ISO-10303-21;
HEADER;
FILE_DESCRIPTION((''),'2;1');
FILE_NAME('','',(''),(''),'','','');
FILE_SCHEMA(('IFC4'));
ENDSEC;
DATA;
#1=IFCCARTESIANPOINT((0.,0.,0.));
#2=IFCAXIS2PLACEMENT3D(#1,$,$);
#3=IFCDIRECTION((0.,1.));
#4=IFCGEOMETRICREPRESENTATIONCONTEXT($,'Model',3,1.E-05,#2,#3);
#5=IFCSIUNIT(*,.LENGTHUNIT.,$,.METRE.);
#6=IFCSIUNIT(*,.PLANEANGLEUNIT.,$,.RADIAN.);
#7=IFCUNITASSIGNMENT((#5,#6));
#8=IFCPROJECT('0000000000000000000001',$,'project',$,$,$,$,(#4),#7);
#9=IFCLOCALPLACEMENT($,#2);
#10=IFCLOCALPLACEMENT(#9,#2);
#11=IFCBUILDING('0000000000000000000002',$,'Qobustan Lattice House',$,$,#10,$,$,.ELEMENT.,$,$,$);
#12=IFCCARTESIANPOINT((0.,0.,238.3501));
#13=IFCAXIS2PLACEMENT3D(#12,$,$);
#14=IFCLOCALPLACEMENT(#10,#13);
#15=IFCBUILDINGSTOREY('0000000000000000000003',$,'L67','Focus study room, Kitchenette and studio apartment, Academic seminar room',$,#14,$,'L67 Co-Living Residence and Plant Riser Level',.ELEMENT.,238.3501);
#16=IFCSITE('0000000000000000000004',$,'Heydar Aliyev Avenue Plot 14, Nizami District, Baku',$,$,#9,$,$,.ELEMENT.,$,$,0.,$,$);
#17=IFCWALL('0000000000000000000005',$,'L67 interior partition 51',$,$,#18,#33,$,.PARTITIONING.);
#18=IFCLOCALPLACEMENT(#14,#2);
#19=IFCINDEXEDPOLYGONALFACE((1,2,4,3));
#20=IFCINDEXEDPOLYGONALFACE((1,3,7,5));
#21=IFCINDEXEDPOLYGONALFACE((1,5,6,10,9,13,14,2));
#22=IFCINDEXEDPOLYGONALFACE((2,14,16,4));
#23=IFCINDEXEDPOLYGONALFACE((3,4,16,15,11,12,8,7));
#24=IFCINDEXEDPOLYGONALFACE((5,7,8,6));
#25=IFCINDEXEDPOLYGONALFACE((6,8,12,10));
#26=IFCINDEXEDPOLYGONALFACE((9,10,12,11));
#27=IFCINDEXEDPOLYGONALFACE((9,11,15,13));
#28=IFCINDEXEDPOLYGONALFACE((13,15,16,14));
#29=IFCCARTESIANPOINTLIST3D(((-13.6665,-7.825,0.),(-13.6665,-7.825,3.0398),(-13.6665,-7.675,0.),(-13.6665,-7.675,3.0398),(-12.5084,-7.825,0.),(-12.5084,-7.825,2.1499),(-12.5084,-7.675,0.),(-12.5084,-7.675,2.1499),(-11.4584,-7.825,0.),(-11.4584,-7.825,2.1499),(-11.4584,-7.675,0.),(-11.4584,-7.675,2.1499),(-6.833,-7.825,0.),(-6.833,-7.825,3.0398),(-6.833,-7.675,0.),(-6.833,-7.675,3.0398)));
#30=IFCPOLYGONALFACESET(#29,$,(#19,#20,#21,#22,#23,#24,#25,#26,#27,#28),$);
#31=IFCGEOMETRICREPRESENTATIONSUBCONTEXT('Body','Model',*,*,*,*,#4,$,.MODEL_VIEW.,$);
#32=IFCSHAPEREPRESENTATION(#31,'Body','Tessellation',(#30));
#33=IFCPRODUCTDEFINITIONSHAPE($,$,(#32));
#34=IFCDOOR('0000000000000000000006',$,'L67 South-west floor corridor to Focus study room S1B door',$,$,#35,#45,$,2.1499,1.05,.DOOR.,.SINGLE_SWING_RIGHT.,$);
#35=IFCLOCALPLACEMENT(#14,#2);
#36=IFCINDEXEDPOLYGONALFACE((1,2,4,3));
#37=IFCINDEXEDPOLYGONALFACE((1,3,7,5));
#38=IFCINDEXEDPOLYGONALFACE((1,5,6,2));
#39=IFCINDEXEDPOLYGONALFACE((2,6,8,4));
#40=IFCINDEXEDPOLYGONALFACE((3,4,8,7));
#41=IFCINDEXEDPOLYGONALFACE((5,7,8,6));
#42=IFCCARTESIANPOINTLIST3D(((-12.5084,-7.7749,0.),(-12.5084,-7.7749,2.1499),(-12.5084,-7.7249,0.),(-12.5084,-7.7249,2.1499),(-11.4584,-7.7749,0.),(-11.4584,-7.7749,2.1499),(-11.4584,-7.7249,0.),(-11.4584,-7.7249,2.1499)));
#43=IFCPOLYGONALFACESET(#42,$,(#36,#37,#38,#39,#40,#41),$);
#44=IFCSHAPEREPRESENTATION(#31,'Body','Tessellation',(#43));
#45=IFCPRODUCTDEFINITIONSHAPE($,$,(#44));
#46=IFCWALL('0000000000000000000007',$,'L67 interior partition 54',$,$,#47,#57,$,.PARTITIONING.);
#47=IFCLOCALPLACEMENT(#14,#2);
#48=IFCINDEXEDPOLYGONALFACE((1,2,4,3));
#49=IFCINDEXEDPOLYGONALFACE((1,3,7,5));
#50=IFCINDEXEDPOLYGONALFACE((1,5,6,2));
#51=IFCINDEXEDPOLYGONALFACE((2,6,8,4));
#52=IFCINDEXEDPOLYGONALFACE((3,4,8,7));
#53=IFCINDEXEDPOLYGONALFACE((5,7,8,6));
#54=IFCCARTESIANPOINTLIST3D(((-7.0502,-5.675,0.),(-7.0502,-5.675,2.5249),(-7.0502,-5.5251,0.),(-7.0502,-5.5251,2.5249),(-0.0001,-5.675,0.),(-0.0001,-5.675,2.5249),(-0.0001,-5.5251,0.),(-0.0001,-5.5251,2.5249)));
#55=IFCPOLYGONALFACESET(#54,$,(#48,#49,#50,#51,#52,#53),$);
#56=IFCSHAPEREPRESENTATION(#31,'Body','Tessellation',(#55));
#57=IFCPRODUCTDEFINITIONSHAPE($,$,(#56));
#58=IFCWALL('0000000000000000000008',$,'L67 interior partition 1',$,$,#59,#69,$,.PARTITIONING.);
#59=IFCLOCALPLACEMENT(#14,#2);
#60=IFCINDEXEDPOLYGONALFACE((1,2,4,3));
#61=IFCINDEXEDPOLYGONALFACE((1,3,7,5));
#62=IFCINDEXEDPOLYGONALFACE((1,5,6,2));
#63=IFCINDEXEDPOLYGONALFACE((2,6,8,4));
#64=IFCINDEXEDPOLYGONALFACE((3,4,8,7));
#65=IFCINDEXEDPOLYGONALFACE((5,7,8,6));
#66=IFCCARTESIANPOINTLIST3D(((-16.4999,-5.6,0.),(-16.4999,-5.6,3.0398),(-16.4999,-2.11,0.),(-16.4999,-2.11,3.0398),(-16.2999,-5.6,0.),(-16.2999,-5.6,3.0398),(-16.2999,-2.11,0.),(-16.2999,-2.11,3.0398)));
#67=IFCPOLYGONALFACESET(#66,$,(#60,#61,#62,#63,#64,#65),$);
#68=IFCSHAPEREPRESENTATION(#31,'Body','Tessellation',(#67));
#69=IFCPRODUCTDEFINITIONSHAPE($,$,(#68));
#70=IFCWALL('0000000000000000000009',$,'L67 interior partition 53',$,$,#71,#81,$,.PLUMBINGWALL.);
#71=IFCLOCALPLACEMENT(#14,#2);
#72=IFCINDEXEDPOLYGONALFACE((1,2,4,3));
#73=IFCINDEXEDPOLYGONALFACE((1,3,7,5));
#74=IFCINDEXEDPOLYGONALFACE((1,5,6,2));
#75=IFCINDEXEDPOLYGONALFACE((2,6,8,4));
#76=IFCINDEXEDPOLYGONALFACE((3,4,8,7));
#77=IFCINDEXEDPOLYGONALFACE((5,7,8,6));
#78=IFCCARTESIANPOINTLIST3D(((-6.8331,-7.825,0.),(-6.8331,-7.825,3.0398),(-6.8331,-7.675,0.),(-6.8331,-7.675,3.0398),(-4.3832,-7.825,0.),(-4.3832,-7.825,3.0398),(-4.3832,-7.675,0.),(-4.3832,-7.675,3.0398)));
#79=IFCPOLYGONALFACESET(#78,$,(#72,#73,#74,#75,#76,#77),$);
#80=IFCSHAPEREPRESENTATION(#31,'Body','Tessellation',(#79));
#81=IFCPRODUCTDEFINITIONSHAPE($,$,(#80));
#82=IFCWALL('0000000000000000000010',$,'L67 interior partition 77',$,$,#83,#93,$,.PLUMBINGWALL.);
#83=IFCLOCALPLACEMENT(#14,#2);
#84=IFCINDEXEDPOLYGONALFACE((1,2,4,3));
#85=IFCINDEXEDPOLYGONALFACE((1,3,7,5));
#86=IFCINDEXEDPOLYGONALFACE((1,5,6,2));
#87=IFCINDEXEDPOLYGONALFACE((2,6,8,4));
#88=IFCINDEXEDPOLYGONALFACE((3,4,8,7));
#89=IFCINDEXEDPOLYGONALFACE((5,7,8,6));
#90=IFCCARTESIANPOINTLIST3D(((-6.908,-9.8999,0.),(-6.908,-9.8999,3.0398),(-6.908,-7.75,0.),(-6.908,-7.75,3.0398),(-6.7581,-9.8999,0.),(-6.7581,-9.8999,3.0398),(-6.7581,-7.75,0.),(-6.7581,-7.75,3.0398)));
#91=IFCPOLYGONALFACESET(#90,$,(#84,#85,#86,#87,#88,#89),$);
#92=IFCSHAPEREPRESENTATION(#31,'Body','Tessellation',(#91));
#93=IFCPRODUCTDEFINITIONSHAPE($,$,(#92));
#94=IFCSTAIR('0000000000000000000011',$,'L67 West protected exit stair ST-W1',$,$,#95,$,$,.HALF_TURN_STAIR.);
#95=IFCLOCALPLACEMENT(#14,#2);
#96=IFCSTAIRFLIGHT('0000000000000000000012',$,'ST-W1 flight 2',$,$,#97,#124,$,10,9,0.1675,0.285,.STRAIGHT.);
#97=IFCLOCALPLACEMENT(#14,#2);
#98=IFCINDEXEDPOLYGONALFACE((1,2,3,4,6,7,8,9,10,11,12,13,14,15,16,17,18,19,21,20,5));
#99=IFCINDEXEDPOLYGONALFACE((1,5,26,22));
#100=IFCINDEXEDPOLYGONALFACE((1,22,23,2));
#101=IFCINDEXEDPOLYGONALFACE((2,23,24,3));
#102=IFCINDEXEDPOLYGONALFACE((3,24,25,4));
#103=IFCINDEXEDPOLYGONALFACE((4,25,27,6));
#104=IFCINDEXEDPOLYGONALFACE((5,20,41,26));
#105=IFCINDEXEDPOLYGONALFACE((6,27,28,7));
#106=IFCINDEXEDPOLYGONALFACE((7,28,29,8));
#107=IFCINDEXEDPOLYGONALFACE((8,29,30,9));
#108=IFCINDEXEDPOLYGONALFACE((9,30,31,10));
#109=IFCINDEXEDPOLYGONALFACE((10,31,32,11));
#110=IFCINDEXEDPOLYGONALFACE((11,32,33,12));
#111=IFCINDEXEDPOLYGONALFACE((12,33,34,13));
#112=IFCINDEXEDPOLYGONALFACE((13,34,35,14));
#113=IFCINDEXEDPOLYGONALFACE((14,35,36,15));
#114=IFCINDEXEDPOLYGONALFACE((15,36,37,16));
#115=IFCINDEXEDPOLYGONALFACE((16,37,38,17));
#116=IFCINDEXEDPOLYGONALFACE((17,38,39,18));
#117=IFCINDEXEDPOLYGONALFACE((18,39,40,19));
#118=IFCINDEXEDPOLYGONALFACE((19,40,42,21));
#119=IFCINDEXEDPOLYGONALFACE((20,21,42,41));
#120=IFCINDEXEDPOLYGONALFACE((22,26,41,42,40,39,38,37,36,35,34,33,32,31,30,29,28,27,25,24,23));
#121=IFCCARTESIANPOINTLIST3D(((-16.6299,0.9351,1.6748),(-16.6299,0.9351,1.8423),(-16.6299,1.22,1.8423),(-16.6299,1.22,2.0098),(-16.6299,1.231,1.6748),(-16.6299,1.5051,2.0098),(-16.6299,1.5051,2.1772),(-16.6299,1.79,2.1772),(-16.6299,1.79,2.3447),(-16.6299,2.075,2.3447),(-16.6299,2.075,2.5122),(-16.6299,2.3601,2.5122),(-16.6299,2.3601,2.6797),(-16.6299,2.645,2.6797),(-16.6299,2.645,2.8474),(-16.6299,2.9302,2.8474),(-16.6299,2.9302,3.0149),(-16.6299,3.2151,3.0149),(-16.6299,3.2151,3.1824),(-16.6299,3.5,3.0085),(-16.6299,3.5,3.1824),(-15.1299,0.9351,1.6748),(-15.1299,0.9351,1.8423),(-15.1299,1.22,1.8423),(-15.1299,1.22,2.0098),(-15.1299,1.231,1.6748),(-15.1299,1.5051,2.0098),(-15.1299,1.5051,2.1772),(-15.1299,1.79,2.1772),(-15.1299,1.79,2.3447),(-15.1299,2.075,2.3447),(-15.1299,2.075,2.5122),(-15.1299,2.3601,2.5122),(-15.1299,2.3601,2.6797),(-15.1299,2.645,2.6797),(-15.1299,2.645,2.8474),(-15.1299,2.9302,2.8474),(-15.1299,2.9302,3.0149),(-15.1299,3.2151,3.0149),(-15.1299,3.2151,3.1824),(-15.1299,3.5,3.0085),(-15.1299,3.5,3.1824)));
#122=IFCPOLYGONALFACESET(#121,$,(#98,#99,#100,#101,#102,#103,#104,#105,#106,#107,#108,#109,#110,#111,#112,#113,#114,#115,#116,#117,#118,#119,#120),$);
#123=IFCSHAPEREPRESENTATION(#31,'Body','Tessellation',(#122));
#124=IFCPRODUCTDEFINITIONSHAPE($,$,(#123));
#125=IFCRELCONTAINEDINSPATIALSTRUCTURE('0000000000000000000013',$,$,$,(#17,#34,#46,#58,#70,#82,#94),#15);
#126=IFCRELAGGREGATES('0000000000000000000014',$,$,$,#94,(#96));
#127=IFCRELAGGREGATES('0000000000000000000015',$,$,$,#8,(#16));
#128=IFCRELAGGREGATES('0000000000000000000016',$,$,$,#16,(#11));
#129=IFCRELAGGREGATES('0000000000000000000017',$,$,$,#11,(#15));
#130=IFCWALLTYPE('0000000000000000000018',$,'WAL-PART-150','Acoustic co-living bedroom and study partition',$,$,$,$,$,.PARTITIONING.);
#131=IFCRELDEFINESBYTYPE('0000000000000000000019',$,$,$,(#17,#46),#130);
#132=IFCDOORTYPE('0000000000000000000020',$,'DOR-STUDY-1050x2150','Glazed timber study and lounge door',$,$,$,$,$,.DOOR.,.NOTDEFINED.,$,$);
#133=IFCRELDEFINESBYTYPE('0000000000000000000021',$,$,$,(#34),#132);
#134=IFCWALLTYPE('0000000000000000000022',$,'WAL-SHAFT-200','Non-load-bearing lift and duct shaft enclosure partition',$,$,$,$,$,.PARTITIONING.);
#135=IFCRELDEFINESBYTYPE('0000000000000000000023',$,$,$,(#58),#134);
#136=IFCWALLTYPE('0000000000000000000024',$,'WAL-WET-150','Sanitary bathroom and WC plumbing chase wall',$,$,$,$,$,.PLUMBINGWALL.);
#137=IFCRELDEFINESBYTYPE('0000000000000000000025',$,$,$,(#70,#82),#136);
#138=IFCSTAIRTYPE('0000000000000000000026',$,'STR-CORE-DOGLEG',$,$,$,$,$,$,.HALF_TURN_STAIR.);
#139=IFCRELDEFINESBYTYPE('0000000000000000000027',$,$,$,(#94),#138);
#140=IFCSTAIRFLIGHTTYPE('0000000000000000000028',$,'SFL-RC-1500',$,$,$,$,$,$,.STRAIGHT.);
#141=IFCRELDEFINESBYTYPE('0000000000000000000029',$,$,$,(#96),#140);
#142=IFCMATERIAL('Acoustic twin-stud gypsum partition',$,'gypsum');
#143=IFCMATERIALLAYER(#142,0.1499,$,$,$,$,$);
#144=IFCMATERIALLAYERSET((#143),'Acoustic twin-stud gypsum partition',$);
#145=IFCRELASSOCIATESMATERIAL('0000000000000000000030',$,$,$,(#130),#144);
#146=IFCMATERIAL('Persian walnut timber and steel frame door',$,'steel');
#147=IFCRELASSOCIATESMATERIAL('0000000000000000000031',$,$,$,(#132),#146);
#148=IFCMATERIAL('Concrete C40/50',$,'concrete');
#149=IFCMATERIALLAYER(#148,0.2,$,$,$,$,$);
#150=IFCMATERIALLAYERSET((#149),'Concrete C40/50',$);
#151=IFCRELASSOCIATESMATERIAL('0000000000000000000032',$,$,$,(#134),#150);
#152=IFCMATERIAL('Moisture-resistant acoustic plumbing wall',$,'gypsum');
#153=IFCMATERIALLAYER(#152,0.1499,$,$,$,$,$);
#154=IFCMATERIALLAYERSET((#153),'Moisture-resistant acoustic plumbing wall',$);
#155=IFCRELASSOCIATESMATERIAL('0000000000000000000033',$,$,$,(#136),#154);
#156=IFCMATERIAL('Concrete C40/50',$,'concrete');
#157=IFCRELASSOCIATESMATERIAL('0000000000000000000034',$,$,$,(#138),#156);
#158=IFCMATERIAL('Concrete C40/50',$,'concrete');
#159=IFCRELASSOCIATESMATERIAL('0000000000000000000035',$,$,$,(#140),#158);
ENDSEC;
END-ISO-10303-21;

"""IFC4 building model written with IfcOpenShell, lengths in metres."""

from ifc_helpers import new_model, si_unit, direction, frame, frame_2d, origin, place, context, subcontext, project, spatial, polyline, rectangle, outline, extrude, material, layer, layer_set, type_object, element, fill, aggregate, save


model = new_model("IFC4")

# Units and contexts
model_context = context("Model", 3, precision=1e-05, world=origin(), true_north=direction((0.0, 1.0)))
body_context = subcontext(model_context, "Body", "Model", "MODEL_VIEW")
ifc_project = project(units=[si_unit("LENGTHUNIT", "METRE"), si_unit("PLANEANGLEUNIT", "RADIAN")], contexts=[model_context])

# Site, building, storey
site_placement = place(None, origin())
site = spatial("IfcSite", under=ifc_project, at=site_placement, Name="Heydar Aliyev Avenue Plot 14, Nizami District, Baku", CompositionType="ELEMENT", RefElevation=0.0)
building_placement = place(site_placement, origin())
building = spatial("IfcBuilding", under=site, at=building_placement, Name="Qobustan Lattice House", CompositionType="ELEMENT")
storey_placement = place(building_placement, frame((0.0, 0.0, 238.3501)))
storey = spatial("IfcBuildingStorey", under=building, at=storey_placement, Name="L67", Description="Focus study room, Kitchenette and studio apartment, Academic seminar room", LongName="L67 Co-Living Residence and Plant Riser Level", CompositionType="ELEMENT", Elevation=238.3501)

# Wall, opening, door
ifc_material_1 = material(Name="Acoustic twin-stud gypsum partition", Category="gypsum")
ifc_layer_1 = layer(ifc_material_1, 0.1499)
ifc_layer_set_1 = layer_set([ifc_layer_1], Name="Acoustic twin-stud gypsum partition")
wall_type_1 = type_object("IfcWallType", Name="WAL-PART-150", Description="Acoustic co-living bedroom and study partition", PredefinedType="PARTITIONING", material=ifc_layer_set_1)
wall_1_placement = place(storey_placement, frame((-6.833, -7.75, 0.0), z_axis=(0.0, 0.0, 1.0), x_axis=(-1.0, 0.0, 0.0)))
wall_1 = element("IfcWall", 1, at=wall_1_placement, inside=storey, type_object=wall_type_1, Name="L67 interior partition 51", PredefinedType="PARTITIONING", context=body_context, shape_type="SweptSolid", body=[
    extrude(rectangle(XDim=6.8335, YDim=0.1499, at=frame_2d((3.4167, 0.0))), origin(), (0.0, 0.0, 1.0), 3.0398),
])
opening_1_placement = place(wall_1_placement, frame((4.6255, 0.0, 0.0)))
opening_1 = element("IfcOpeningElement", 2, at=opening_1_placement, cuts=wall_1, PredefinedType="OPENING", context=body_context, shape_type="SweptSolid", body=[
    extrude(rectangle(XDim=1.05, YDim=2.1499, at=frame_2d((0.5249, 1.075))), frame((0.0, 0.085, 0.0), z_axis=(0.0, -1.0, 0.0), x_axis=(1.0, 0.0, 0.0)), (0.0, 0.0, 1.0), 0.1699),
])
ifc_material_2 = material(Name="Persian walnut timber and steel frame door", Category="steel")
door_type_1 = type_object("IfcDoorType", Name="DOR-STUDY-1050x2150", Description="Glazed timber study and lounge door", OperationType="NOTDEFINED", PredefinedType="DOOR", material=ifc_material_2)
door_1_placement = place(opening_1_placement, origin())
door_1 = element("IfcDoor", 3, at=door_1_placement, inside=storey, type_object=door_type_1, Name="L67 South-west floor corridor to Focus study room S1B door", OperationType="SINGLE_SWING_RIGHT", OverallHeight=2.1499, OverallWidth=1.05, PredefinedType="DOOR", context=body_context, shape_type="SweptSolid", body=[
    extrude(rectangle(XDim=1.05, YDim=2.1499, at=frame_2d((0.5249, 1.075))), frame((0.0, 0.0249, 0.0), z_axis=(0.0, -1.0, 0.0), x_axis=(1.0, 0.0, 0.0)), (0.0, 0.0, 1.0), 0.05),
])
fill(opening_1, door_1)

# Walls
wall_2_placement = place(storey_placement, frame((-7.05, -5.6001, 0.0), z_axis=(0.0, 0.0, 1.0), x_axis=(1.0, 0.0, 0.0)))
element("IfcWall", 4, at=wall_2_placement, inside=storey, type_object=wall_type_1, Name="L67 interior partition 54", PredefinedType="PARTITIONING", context=body_context, shape_type="SweptSolid", body=[
    extrude(rectangle(XDim=7.05, YDim=0.1499, at=frame_2d((3.5249, 0.0))), origin(), (0.0, 0.0, 1.0), 2.5249),
])
ifc_material_3 = material(Name="Concrete C40/50", Category="concrete")
ifc_layer_2 = layer(ifc_material_3, 0.2)
ifc_layer_set_2 = layer_set([ifc_layer_2], Name="Concrete C40/50")
wall_type_2 = type_object("IfcWallType", Name="WAL-SHAFT-200", Description="Non-load-bearing lift and duct shaft enclosure partition", PredefinedType="PARTITIONING", material=ifc_layer_set_2)
wall_3_placement = place(storey_placement, frame((-16.3999, -5.6001, 0.0), z_axis=(0.0, 0.0, 1.0), x_axis=(0.0, 1.0, 0.0)))
element("IfcWall", 5, at=wall_3_placement, inside=storey, type_object=wall_type_2, Name="L67 interior partition 1", PredefinedType="PARTITIONING", context=body_context, shape_type="SweptSolid", body=[
    extrude(rectangle(XDim=3.49, YDim=0.2, at=frame_2d((1.7451, 0.0))), origin(), (0.0, 0.0, 1.0), 3.0398),
])
ifc_material_4 = material(Name="Moisture-resistant acoustic plumbing wall", Category="gypsum")
ifc_layer_3 = layer(ifc_material_4, 0.1499)
ifc_layer_set_3 = layer_set([ifc_layer_3], Name="Moisture-resistant acoustic plumbing wall")
wall_type_3 = type_object("IfcWallType", Name="WAL-WET-150", Description="Sanitary bathroom and WC plumbing chase wall", PredefinedType="PLUMBINGWALL", material=ifc_layer_set_3)
wall_4_placement = place(storey_placement, frame((-4.3831, -7.75, 0.0), z_axis=(0.0, 0.0, 1.0), x_axis=(-1.0, 0.0, 0.0)))
element("IfcWall", 6, at=wall_4_placement, inside=storey, type_object=wall_type_3, Name="L67 interior partition 53", PredefinedType="PLUMBINGWALL", context=body_context, shape_type="SweptSolid", body=[
    extrude(rectangle(XDim=2.45, YDim=0.1499, at=frame_2d((1.2251, 0.0))), origin(), (0.0, 0.0, 1.0), 3.0398),
])
wall_5_placement = place(storey_placement, frame((-6.833, -7.75, 0.0), z_axis=(0.0, 0.0, 1.0), x_axis=(0.0, -1.0, 0.0)))
element("IfcWall", 7, at=wall_5_placement, inside=storey, type_object=wall_type_3, Name="L67 interior partition 77", PredefinedType="PLUMBINGWALL", context=body_context, shape_type="SweptSolid", body=[
    extrude(rectangle(XDim=2.1499, YDim=0.1499, at=frame_2d((1.075, 0.0))), origin(), (0.0, 0.0, 1.0), 3.0398),
])

# Stair, stair flight
ifc_material_5 = material(Name="Concrete C40/50", Category="concrete")
stair_type = type_object("IfcStairType", Name="STR-CORE-DOGLEG", PredefinedType="HALF_TURN_STAIR", material=ifc_material_5)
stair_placement = place(storey_placement, origin())
stair = element("IfcStair", 8, at=stair_placement, inside=storey, type_object=stair_type, Name="L67 West protected exit stair ST-W1", PredefinedType="HALF_TURN_STAIR")
ifc_material_6 = material(Name="Concrete C40/50", Category="concrete")
stair_flight_type = type_object("IfcStairFlightType", Name="SFL-RC-1500", PredefinedType="STRAIGHT", material=ifc_material_6)
stair_flight_placement = place(storey_placement, frame((-15.8799, 0.9351, 1.6748), z_axis=(0.0, 0.0, 1.0), x_axis=(0.0, 1.0, 0.0)))
stair_flight = element("IfcStairFlight", 9, at=stair_flight_placement, type_object=stair_flight_type, Name="ST-W1 flight 2", NumberOfRisers=10, NumberOfTreads=9, PredefinedType="STRAIGHT", RiserHeight=0.1675, TreadLength=0.285, context=body_context, shape_type="SweptSolid", body=[
    extrude(outline(polyline([(0.0, 0.0), (0.0, 0.1675), (0.2849, 0.1675), (0.2849, 0.335), (0.5701, 0.335), (0.5701, 0.5024), (0.855, 0.5024), (0.855, 0.6699), (1.1399, 0.6699), (1.1399, 0.8374), (1.425, 0.8374), (1.425, 1.0049), (1.71, 1.0049), (1.71, 1.1726), (1.9951, 1.1726), (1.9951, 1.3401), (2.28, 1.3401), (2.28, 1.5076), (2.5649, 1.5076), (2.5649, 1.675), (2.5649, 1.3337), (0.2959, 0.0), (0.0, 0.0)])), frame((0.0, 0.75, 0.0), z_axis=(0.0, -1.0, 0.0), x_axis=(1.0, 0.0, 0.0)), (0.0, 0.0, 1.0), 1.5),
])
aggregate(stair, [stair_flight])

save(model, "model.ifc")
